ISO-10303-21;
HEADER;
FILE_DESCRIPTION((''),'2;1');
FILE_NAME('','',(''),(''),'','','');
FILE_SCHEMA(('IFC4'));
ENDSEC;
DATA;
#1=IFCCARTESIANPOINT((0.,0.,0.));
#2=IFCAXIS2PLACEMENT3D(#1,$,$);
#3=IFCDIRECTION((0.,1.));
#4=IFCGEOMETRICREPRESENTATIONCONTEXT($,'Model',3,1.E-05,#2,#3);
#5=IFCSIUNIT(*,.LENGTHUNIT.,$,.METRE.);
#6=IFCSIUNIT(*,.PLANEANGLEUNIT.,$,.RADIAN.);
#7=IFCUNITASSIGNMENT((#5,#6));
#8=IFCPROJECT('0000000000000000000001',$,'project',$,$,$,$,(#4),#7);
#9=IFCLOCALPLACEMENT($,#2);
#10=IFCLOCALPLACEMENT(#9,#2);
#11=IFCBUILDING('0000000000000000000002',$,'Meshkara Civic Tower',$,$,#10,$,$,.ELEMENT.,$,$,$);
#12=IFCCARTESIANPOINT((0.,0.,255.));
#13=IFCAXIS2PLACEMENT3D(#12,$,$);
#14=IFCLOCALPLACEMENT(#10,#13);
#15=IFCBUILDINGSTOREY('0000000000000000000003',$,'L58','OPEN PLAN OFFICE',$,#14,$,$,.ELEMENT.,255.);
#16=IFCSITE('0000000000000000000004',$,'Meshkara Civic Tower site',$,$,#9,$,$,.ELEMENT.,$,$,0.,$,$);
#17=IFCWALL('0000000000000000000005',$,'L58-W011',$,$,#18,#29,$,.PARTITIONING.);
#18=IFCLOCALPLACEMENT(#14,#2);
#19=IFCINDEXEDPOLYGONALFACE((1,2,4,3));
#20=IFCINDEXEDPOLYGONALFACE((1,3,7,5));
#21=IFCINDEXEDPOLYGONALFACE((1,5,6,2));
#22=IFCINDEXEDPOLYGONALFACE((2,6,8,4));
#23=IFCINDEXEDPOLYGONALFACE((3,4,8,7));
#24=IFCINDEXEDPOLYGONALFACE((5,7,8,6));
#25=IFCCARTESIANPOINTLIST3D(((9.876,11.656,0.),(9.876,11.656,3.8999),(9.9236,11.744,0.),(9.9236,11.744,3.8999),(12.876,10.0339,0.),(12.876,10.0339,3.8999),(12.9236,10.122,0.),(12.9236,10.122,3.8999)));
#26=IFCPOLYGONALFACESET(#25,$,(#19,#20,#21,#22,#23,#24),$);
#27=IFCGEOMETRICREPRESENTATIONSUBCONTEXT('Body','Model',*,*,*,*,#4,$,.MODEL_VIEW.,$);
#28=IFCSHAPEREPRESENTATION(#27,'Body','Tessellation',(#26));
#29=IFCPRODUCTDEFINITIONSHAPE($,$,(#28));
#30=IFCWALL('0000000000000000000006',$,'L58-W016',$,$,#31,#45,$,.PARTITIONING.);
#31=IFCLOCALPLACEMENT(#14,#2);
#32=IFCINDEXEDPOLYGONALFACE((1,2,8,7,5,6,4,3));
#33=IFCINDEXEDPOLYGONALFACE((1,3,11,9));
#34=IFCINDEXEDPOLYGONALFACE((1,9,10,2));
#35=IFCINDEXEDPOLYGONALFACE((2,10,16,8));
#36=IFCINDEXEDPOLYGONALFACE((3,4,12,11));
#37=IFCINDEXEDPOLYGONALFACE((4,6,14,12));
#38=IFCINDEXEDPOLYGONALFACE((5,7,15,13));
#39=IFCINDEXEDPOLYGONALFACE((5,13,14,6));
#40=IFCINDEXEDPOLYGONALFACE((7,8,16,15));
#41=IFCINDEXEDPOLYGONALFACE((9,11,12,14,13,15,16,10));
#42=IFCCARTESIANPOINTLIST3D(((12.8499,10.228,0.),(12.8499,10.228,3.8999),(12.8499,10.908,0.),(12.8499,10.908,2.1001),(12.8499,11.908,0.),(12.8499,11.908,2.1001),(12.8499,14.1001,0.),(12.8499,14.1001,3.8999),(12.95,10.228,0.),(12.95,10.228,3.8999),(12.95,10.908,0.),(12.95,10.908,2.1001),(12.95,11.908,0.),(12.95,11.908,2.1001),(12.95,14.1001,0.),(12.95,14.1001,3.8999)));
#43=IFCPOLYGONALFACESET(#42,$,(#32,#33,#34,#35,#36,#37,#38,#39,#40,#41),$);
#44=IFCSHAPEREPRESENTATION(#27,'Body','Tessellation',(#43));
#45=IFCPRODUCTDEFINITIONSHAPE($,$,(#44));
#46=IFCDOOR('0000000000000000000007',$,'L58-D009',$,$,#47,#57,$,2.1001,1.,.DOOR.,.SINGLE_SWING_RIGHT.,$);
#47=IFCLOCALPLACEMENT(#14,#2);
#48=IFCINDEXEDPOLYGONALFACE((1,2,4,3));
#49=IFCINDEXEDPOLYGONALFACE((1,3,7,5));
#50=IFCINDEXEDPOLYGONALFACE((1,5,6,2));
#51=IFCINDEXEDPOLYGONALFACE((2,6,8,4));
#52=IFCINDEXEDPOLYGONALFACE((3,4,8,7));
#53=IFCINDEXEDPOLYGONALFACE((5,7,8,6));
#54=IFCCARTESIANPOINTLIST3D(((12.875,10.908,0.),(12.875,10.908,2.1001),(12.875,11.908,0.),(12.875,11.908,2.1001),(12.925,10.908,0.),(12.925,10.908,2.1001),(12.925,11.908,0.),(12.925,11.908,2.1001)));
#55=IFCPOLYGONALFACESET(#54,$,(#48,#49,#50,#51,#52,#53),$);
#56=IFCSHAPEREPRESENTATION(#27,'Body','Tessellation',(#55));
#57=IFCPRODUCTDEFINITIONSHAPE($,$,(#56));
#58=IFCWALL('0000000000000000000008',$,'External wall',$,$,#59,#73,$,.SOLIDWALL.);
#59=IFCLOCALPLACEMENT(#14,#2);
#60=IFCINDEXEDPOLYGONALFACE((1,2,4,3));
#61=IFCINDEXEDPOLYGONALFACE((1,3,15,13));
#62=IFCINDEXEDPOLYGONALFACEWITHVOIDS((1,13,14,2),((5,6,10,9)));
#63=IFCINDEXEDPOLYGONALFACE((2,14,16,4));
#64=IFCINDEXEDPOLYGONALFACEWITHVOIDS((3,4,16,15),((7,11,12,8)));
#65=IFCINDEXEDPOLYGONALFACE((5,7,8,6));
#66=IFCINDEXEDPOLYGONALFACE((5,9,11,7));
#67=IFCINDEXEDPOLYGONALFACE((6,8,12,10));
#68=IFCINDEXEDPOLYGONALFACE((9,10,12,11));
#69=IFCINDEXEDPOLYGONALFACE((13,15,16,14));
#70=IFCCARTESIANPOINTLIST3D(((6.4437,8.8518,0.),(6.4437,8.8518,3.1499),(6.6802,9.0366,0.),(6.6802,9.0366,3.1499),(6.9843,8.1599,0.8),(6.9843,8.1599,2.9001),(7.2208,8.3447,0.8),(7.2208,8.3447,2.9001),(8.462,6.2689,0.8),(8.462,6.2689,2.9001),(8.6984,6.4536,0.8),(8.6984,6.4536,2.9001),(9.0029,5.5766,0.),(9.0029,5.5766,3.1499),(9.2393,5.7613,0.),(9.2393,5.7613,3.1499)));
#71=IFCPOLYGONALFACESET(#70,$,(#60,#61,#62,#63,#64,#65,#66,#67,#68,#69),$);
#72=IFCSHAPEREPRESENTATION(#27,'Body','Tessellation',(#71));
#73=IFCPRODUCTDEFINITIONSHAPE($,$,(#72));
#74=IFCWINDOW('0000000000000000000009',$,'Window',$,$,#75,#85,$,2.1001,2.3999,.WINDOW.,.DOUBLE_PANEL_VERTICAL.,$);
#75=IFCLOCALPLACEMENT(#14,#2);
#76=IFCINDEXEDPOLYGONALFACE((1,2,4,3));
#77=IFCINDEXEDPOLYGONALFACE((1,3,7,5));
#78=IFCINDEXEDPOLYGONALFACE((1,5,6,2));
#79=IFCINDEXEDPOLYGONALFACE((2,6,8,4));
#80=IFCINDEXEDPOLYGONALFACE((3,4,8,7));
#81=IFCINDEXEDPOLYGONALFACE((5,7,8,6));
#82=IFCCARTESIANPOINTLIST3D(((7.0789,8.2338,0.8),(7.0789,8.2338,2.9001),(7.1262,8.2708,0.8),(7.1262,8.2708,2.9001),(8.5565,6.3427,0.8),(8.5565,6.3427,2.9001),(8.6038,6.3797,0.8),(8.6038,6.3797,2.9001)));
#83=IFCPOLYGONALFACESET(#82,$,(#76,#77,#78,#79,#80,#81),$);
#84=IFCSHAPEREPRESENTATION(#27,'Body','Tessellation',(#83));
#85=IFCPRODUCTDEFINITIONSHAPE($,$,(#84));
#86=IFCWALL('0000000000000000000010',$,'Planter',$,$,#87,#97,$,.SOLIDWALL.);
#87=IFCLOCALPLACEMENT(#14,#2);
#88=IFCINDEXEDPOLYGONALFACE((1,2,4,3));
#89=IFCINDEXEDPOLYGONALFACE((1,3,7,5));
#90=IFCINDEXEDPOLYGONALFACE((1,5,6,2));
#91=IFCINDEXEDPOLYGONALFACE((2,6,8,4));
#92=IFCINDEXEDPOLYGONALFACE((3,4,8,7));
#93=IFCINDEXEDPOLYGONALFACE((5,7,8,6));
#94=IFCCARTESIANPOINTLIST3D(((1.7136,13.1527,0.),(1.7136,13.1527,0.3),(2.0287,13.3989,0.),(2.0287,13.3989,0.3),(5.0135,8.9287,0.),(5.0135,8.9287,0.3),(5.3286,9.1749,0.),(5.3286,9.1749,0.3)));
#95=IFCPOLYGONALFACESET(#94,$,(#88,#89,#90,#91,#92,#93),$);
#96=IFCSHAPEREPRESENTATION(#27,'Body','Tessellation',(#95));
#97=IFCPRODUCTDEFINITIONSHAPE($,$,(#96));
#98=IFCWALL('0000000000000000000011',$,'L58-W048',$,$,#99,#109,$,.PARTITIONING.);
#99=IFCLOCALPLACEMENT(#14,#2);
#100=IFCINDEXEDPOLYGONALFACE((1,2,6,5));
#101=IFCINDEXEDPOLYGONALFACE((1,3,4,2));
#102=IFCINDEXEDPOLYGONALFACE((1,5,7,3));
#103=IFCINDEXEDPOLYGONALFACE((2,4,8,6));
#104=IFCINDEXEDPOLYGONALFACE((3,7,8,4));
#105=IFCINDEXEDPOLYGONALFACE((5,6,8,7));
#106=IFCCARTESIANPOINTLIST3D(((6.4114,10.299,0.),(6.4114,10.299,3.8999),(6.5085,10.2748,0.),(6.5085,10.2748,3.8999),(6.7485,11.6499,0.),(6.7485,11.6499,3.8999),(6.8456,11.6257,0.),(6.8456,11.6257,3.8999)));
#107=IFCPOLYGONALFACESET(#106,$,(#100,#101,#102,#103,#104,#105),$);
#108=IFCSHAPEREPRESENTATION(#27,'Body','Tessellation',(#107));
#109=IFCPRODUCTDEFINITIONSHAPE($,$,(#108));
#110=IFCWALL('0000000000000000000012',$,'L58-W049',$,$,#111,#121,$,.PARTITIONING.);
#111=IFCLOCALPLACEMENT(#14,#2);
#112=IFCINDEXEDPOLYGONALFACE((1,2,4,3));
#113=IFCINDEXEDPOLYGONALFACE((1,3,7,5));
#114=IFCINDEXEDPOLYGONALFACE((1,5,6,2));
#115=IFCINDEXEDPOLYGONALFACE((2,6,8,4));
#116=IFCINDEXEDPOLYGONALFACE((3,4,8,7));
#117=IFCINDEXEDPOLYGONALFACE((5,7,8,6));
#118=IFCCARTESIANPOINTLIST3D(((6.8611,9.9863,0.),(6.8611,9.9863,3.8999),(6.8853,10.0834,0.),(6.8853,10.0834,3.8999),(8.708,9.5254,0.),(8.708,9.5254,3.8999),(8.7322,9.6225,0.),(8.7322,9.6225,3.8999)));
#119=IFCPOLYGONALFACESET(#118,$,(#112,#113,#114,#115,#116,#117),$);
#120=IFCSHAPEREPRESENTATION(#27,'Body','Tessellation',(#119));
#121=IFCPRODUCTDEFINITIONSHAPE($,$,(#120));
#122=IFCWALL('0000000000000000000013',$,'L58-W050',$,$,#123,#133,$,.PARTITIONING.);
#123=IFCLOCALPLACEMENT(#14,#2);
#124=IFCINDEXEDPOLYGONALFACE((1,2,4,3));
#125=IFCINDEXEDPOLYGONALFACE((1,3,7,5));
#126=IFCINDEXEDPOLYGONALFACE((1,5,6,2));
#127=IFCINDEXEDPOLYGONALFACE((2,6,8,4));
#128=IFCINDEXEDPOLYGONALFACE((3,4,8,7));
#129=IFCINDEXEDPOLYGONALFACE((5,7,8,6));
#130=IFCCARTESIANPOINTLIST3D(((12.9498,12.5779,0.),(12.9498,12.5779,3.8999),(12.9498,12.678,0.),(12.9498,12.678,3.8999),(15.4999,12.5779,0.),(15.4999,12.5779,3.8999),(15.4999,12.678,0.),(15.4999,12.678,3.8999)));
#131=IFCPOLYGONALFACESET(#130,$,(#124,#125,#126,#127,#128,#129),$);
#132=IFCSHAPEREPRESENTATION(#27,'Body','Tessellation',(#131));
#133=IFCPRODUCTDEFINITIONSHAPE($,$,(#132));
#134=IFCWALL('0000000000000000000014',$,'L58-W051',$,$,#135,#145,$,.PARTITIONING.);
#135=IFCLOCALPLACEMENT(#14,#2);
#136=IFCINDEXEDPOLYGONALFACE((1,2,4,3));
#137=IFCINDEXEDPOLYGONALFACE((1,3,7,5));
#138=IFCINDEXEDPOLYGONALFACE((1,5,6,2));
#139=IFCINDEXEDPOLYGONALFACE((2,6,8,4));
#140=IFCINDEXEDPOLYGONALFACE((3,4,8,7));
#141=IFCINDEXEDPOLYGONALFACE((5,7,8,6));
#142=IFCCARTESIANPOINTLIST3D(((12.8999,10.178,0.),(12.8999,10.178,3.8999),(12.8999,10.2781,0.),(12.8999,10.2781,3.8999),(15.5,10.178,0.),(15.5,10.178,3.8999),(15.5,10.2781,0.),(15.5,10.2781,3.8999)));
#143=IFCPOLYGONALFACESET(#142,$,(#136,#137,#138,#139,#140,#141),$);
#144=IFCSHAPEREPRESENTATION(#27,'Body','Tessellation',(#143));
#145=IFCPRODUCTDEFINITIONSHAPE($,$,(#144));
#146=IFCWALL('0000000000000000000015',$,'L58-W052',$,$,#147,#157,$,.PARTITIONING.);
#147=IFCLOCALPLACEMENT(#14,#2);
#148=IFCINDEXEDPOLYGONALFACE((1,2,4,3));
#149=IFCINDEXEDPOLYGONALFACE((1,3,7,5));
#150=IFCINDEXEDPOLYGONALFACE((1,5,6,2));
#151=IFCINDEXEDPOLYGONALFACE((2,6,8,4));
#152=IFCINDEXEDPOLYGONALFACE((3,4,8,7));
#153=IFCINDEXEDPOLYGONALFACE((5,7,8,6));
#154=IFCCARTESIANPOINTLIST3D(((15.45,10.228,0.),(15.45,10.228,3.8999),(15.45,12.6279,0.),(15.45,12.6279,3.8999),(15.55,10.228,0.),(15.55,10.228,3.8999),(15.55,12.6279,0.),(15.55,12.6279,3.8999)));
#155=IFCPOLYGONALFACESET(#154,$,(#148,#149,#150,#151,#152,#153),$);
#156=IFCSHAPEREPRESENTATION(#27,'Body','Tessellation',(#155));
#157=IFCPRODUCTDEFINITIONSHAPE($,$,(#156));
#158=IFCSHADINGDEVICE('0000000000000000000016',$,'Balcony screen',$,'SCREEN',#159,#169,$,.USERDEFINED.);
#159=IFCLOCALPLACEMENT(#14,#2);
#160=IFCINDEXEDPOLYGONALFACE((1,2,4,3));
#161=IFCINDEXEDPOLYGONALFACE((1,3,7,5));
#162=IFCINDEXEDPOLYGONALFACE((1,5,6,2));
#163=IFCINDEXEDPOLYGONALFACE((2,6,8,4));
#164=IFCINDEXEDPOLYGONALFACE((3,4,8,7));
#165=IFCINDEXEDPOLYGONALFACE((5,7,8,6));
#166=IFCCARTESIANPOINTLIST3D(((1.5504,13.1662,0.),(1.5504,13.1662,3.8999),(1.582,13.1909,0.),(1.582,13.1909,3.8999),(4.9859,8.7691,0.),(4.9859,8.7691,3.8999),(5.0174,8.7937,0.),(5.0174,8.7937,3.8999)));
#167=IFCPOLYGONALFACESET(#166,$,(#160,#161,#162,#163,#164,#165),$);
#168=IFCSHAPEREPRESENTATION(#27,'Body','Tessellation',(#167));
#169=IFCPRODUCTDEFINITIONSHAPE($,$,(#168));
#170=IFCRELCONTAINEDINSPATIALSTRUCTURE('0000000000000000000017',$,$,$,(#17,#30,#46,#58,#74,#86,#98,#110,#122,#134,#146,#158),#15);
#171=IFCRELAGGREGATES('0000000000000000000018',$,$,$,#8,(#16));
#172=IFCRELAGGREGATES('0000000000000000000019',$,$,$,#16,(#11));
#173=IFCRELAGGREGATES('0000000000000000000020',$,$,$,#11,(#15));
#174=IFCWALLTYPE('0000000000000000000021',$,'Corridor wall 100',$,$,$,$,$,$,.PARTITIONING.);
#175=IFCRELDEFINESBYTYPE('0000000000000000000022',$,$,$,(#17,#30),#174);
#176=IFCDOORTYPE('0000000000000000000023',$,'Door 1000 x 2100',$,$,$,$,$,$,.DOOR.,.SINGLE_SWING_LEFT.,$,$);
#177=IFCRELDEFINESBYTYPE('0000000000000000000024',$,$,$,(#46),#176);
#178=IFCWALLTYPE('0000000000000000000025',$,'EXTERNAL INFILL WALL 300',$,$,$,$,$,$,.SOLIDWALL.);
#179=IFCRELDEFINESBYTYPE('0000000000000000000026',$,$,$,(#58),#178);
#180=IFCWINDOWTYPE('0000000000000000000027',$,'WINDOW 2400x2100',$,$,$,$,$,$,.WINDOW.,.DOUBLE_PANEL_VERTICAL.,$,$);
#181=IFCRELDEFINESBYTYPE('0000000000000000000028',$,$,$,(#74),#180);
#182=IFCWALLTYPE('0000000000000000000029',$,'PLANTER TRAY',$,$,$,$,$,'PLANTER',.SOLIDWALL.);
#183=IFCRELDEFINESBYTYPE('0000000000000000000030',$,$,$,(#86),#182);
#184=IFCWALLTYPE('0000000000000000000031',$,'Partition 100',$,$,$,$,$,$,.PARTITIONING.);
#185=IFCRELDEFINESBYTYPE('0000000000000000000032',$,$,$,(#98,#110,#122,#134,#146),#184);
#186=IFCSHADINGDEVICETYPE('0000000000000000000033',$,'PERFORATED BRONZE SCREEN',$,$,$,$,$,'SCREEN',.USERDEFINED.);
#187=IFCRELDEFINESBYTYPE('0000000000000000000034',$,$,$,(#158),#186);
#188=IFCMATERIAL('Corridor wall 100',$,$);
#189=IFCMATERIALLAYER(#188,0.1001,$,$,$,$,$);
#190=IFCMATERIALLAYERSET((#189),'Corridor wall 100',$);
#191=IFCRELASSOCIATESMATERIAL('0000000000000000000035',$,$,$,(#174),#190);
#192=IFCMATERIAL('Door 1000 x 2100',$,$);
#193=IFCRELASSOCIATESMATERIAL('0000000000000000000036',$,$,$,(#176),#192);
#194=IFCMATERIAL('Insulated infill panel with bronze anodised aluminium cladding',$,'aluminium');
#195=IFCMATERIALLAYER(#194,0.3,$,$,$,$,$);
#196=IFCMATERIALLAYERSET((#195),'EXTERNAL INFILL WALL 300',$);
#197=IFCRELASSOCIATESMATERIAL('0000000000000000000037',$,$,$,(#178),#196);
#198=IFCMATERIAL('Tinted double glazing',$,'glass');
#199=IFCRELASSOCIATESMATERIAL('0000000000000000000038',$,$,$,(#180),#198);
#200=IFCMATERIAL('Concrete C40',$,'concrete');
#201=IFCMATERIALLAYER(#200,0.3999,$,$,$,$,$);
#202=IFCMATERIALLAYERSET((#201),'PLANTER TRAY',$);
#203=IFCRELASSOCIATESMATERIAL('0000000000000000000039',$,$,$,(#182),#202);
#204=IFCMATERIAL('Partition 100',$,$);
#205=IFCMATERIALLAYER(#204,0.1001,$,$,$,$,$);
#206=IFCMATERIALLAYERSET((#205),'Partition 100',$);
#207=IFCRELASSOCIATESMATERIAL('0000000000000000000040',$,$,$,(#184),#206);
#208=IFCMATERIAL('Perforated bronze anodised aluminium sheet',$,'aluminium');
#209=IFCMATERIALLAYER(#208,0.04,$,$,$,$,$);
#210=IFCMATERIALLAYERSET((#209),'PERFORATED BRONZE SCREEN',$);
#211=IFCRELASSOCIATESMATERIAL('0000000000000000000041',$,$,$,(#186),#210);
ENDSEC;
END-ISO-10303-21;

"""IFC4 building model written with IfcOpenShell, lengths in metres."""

from ifc_helpers import new_model, si_unit, direction, frame, frame_2d, origin, origin_2d, place, context, subcontext, project, spatial, rectangle, extrude, material, layer, layer_set, type_object, element, fill, save


model = new_model("IFC4")

# Units and contexts
model_context = context("Model", 3, precision=1e-05, world=origin(), true_north=direction((0.0, 1.0)))
body_context = subcontext(model_context, "Body", "Model", "MODEL_VIEW")
ifc_project = project(units=[si_unit("LENGTHUNIT", "METRE"), si_unit("PLANEANGLEUNIT", "RADIAN")], contexts=[model_context])

# Site, building, storey
site_placement = place(None, origin())
site = spatial("IfcSite", under=ifc_project, at=site_placement, Name="Meshkara Civic Tower site", CompositionType="ELEMENT", RefElevation=0.0)
building_placement = place(site_placement, origin())
building = spatial("IfcBuilding", under=site, at=building_placement, Name="Meshkara Civic Tower", CompositionType="ELEMENT")
storey_placement = place(building_placement, frame((0.0, 0.0, 255.0)))
storey = spatial("IfcBuildingStorey", under=building, at=storey_placement, Name="L58", Description="OPEN PLAN OFFICE", CompositionType="ELEMENT", Elevation=255.0)

# Shared definitions
ifc_material_1 = material(Name="Corridor wall 100")
ifc_layer_1 = layer(ifc_material_1, 0.1001)
ifc_layer_set_1 = layer_set([ifc_layer_1], Name="Corridor wall 100")
wall_type_1 = type_object("IfcWallType", Name="Corridor wall 100", PredefinedType="PARTITIONING", material=ifc_layer_set_1)

# Shared definitions
ifc_material_2 = material(Name="Door 1000 x 2100")
door_type_1 = type_object("IfcDoorType", Name="Door 1000 x 2100", OperationType="SINGLE_SWING_LEFT", PredefinedType="DOOR", material=ifc_material_2)

# Wall
wall_1_placement = place(storey_placement, frame((9.8999, 11.7, 0.0), z_axis=(0.0, 0.0, 1.0), x_axis=(0.879651, -0.475619, 0.0)))
element("IfcWall", 1, at=wall_1_placement, inside=storey, type_object=wall_type_1, Name="L58-W011", PredefinedType="PARTITIONING", context=body_context, shape_type="SweptSolid", body=[
    extrude(rectangle(XDim=3.4104, YDim=0.1001, at=frame_2d((1.7051, 0.0))), origin(), (0.0, 0.0, 1.0), 3.8999),
])

# Wall, opening, door
wall_2_placement = place(storey_placement, frame((12.8999, 10.228, 0.0), z_axis=(0.0, 0.0, 1.0), x_axis=(0.0, 1.0, 0.0)))
wall_2 = element("IfcWall", 2, at=wall_2_placement, inside=storey, type_object=wall_type_1, Name="L58-W016", PredefinedType="PARTITIONING", context=body_context, shape_type="SweptSolid", body=[
    extrude(rectangle(XDim=3.8721, YDim=0.1001, at=frame_2d((1.936, 0.0))), origin(), (0.0, 0.0, 1.0), 3.8999),
])
opening_1_placement = place(wall_2_placement, frame((0.6799, 0.0, 0.0)))
opening_1 = element("IfcOpeningElement", 3, at=opening_1_placement, cuts=wall_2, PredefinedType="OPENING", context=body_context, shape_type="SweptSolid", body=[
    extrude(rectangle(XDim=1.0, YDim=2.1001, at=frame_2d((0.5, 1.05))), frame((0.0, 0.0601, 0.0), z_axis=(0.0, -1.0, 0.0), x_axis=(1.0, 0.0, 0.0)), (0.0, 0.0, 1.0), 0.1201),
])
door_1_placement = place(opening_1_placement, origin())
door_1 = element("IfcDoor", 4, at=door_1_placement, inside=storey, type_object=door_type_1, Name="L58-D009", OperationType="SINGLE_SWING_RIGHT", OverallHeight=2.1001, OverallWidth=1.0, PredefinedType="DOOR", context=body_context, shape_type="SweptSolid", body=[
    extrude(rectangle(XDim=1.0, YDim=2.1001, at=frame_2d((0.5, 1.05))), frame((0.0, 0.0249, 0.0), z_axis=(0.0, -1.0, 0.0), x_axis=(1.0, 0.0, 0.0)), (0.0, 0.0, 1.0), 0.05),
])
fill(opening_1, door_1)

# Wall, opening, window
ifc_material_3 = material(Name="Insulated infill panel with bronze anodised aluminium cladding", Category="aluminium")
ifc_layer_2 = layer(ifc_material_3, 0.3)
ifc_layer_set_2 = layer_set([ifc_layer_2], Name="EXTERNAL INFILL WALL 300")
wall_type_2 = type_object("IfcWallType", Name="EXTERNAL INFILL WALL 300", PredefinedType="SOLIDWALL", material=ifc_layer_set_2)
wall_3_placement = place(storey_placement, frame((6.562, 8.9441, 0.0), z_axis=(0.0, 0.0, 1.0), x_axis=(0.6157, -0.787981, 0.0)))
wall_3 = element("IfcWall", 5, at=wall_3_placement, inside=storey, type_object=wall_type_2, Name="External wall", PredefinedType="SOLIDWALL", context=body_context, shape_type="SweptSolid", body=[
    extrude(rectangle(XDim=4.1565, YDim=0.3, at=frame_2d((2.0781, 0.0))), origin(), (0.0, 0.0, 1.0), 3.1499),
])
opening_2_placement = place(wall_3_placement, frame((0.8779, 0.0, 0.8)))
opening_2 = element("IfcOpeningElement", 6, at=opening_2_placement, cuts=wall_3, PredefinedType="OPENING", context=body_context, shape_type="SweptSolid", body=[
    extrude(rectangle(XDim=2.3999, YDim=2.1001, at=frame_2d((1.2, 1.05))), frame((0.0, 0.1599, 0.0), z_axis=(0.0, -1.0, 0.0), x_axis=(1.0, 0.0, 0.0)), (0.0, 0.0, 1.0), 0.3201),
])
ifc_material_4 = material(Name="Tinted double glazing", Category="glass")
window_type = type_object("IfcWindowType", Name="WINDOW 2400x2100", PartitioningType="DOUBLE_PANEL_VERTICAL", PredefinedType="WINDOW", material=ifc_material_4)
window_placement = place(opening_2_placement, origin())
window = element("IfcWindow", 7, at=window_placement, inside=storey, type_object=window_type, Name="Window", OverallHeight=2.1001, OverallWidth=2.3999, PartitioningType="DOUBLE_PANEL_VERTICAL", PredefinedType="WINDOW", context=body_context, shape_type="SweptSolid", body=[
    extrude(rectangle(XDim=2.3999, YDim=2.1001, at=frame_2d((1.2, 1.05))), frame((0.0, 0.03, 0.0), z_axis=(0.0, -1.0, 0.0), x_axis=(1.0, 0.0, 0.0)), (0.0, 0.0, 1.0), 0.0601),
])
fill(opening_2, window)

# Walls
ifc_material_5 = material(Name="Concrete C40", Category="concrete")
ifc_layer_3 = layer(ifc_material_5, 0.3999)
ifc_layer_set_3 = layer_set([ifc_layer_3], Name="PLANTER TRAY")
wall_type_3 = type_object("IfcWallType", Name="PLANTER TRAY", ElementType="PLANTER", PredefinedType="SOLIDWALL", material=ifc_layer_set_3)
wall_4_placement = place(storey_placement, frame((1.8711, 13.2759, 0.0), z_axis=(0.0, 0.0, 1.0), x_axis=(0.615633, -0.788033, 0.0)))
element("IfcWall", 8, at=wall_4_placement, inside=storey, type_object=wall_type_3, Name="Planter", PredefinedType="SOLIDWALL", context=body_context, shape_type="SweptSolid", body=[
    extrude(rectangle(XDim=5.3601, YDim=0.3999, at=frame_2d((2.6802, 0.0))), origin(), (0.0, 0.0, 1.0), 0.3),
])
ifc_material_6 = material(Name="Partition 100")
ifc_layer_4 = layer(ifc_material_6, 0.1001)
ifc_layer_set_4 = layer_set([ifc_layer_4], Name="Partition 100")
wall_type_4 = type_object("IfcWallType", Name="Partition 100", PredefinedType="PARTITIONING", material=ifc_layer_set_4)
wall_5_placement = place(storey_placement, frame((6.7971, 11.6379, 0.0), z_axis=(0.0, 0.0, 1.0), x_axis=(-0.242164, -0.970235, 0.0)))
element("IfcWall", 9, at=wall_5_placement, inside=storey, type_object=wall_type_4, Name="L58-W048", PredefinedType="PARTITIONING", context=body_context, shape_type="SweptSolid", body=[
    extrude(rectangle(XDim=1.3923, YDim=0.1001, at=frame_2d((0.6963, 0.0))), origin(), (0.0, 0.0, 1.0), 3.8999),
])
wall_6_placement = place(storey_placement, frame((8.72, 9.574, 0.0), z_axis=(0.0, 0.0, 1.0), x_axis=(-0.97024, 0.242143, 0.0)))
element("IfcWall", 10, at=wall_6_placement, inside=storey, type_object=wall_type_4, Name="L58-W049", PredefinedType="PARTITIONING", context=body_context, shape_type="SweptSolid", body=[
    extrude(rectangle(XDim=1.9036, YDim=0.1001, at=frame_2d((0.9517, 0.0))), origin(), (0.0, 0.0, 1.0), 3.8999),
])
wall_7_placement = place(storey_placement, frame((12.95, 12.6279, 0.0), z_axis=(0.0, 0.0, 1.0), x_axis=(1.0, 0.0, 0.0)))
element("IfcWall", 11, at=wall_7_placement, inside=storey, type_object=wall_type_4, Name="L58-W050", PredefinedType="PARTITIONING", context=body_context, shape_type="SweptSolid", body=[
    extrude(rectangle(XDim=2.55, YDim=0.1001, at=frame_2d((1.2749, 0.0))), origin(), (0.0, 0.0, 1.0), 3.8999),
])
wall_8_placement = place(storey_placement, frame((15.5, 10.228, 0.0), z_axis=(0.0, 0.0, 1.0), x_axis=(-1.0, 0.0, 0.0)))
element("IfcWall", 12, at=wall_8_placement, inside=storey, type_object=wall_type_4, Name="L58-W051", PredefinedType="PARTITIONING", context=body_context, shape_type="SweptSolid", body=[
    extrude(rectangle(XDim=2.6001, YDim=0.1001, at=frame_2d((1.3, 0.0))), origin(), (0.0, 0.0, 1.0), 3.8999),
])
wall_9_placement = place(storey_placement, frame((15.5, 12.6279, 0.0), z_axis=(0.0, 0.0, 1.0), x_axis=(0.0, -1.0, 0.0)))
element("IfcWall", 13, at=wall_9_placement, inside=storey, type_object=wall_type_4, Name="L58-W052", PredefinedType="PARTITIONING", context=body_context, shape_type="SweptSolid", body=[
    extrude(rectangle(XDim=2.3999, YDim=0.1001, at=frame_2d((1.2, 0.0))), origin(), (0.0, 0.0, 1.0), 3.8999),
])

# Shading device
ifc_material_7 = material(Name="Perforated bronze anodised aluminium sheet", Category="aluminium")
ifc_layer_5 = layer(ifc_material_7, 0.04)
ifc_layer_set_5 = layer_set([ifc_layer_5], Name="PERFORATED BRONZE SCREEN")
shading_device_type = type_object("IfcShadingDeviceType", Name="PERFORATED BRONZE SCREEN", ElementType="SCREEN", PredefinedType="USERDEFINED", material=ifc_layer_set_5)
shading_device_placement = place(storey_placement, frame((3.2839, 10.98, 0.0), z_axis=(0.0, 0.0, 1.0), x_axis=(0.615661, -0.788011, 0.0)))
element("IfcShadingDevice", 14, at=shading_device_placement, inside=storey, type_object=shading_device_type, Name="Balcony screen", ObjectType="SCREEN", PredefinedType="USERDEFINED", context=body_context, shape_type="SweptSolid", body=[
    extrude(rectangle(XDim=5.5801, YDim=0.04, at=origin_2d()), origin(), (0.0, 0.0, 1.0), 3.8999),
])

save(model, "model.ifc")
